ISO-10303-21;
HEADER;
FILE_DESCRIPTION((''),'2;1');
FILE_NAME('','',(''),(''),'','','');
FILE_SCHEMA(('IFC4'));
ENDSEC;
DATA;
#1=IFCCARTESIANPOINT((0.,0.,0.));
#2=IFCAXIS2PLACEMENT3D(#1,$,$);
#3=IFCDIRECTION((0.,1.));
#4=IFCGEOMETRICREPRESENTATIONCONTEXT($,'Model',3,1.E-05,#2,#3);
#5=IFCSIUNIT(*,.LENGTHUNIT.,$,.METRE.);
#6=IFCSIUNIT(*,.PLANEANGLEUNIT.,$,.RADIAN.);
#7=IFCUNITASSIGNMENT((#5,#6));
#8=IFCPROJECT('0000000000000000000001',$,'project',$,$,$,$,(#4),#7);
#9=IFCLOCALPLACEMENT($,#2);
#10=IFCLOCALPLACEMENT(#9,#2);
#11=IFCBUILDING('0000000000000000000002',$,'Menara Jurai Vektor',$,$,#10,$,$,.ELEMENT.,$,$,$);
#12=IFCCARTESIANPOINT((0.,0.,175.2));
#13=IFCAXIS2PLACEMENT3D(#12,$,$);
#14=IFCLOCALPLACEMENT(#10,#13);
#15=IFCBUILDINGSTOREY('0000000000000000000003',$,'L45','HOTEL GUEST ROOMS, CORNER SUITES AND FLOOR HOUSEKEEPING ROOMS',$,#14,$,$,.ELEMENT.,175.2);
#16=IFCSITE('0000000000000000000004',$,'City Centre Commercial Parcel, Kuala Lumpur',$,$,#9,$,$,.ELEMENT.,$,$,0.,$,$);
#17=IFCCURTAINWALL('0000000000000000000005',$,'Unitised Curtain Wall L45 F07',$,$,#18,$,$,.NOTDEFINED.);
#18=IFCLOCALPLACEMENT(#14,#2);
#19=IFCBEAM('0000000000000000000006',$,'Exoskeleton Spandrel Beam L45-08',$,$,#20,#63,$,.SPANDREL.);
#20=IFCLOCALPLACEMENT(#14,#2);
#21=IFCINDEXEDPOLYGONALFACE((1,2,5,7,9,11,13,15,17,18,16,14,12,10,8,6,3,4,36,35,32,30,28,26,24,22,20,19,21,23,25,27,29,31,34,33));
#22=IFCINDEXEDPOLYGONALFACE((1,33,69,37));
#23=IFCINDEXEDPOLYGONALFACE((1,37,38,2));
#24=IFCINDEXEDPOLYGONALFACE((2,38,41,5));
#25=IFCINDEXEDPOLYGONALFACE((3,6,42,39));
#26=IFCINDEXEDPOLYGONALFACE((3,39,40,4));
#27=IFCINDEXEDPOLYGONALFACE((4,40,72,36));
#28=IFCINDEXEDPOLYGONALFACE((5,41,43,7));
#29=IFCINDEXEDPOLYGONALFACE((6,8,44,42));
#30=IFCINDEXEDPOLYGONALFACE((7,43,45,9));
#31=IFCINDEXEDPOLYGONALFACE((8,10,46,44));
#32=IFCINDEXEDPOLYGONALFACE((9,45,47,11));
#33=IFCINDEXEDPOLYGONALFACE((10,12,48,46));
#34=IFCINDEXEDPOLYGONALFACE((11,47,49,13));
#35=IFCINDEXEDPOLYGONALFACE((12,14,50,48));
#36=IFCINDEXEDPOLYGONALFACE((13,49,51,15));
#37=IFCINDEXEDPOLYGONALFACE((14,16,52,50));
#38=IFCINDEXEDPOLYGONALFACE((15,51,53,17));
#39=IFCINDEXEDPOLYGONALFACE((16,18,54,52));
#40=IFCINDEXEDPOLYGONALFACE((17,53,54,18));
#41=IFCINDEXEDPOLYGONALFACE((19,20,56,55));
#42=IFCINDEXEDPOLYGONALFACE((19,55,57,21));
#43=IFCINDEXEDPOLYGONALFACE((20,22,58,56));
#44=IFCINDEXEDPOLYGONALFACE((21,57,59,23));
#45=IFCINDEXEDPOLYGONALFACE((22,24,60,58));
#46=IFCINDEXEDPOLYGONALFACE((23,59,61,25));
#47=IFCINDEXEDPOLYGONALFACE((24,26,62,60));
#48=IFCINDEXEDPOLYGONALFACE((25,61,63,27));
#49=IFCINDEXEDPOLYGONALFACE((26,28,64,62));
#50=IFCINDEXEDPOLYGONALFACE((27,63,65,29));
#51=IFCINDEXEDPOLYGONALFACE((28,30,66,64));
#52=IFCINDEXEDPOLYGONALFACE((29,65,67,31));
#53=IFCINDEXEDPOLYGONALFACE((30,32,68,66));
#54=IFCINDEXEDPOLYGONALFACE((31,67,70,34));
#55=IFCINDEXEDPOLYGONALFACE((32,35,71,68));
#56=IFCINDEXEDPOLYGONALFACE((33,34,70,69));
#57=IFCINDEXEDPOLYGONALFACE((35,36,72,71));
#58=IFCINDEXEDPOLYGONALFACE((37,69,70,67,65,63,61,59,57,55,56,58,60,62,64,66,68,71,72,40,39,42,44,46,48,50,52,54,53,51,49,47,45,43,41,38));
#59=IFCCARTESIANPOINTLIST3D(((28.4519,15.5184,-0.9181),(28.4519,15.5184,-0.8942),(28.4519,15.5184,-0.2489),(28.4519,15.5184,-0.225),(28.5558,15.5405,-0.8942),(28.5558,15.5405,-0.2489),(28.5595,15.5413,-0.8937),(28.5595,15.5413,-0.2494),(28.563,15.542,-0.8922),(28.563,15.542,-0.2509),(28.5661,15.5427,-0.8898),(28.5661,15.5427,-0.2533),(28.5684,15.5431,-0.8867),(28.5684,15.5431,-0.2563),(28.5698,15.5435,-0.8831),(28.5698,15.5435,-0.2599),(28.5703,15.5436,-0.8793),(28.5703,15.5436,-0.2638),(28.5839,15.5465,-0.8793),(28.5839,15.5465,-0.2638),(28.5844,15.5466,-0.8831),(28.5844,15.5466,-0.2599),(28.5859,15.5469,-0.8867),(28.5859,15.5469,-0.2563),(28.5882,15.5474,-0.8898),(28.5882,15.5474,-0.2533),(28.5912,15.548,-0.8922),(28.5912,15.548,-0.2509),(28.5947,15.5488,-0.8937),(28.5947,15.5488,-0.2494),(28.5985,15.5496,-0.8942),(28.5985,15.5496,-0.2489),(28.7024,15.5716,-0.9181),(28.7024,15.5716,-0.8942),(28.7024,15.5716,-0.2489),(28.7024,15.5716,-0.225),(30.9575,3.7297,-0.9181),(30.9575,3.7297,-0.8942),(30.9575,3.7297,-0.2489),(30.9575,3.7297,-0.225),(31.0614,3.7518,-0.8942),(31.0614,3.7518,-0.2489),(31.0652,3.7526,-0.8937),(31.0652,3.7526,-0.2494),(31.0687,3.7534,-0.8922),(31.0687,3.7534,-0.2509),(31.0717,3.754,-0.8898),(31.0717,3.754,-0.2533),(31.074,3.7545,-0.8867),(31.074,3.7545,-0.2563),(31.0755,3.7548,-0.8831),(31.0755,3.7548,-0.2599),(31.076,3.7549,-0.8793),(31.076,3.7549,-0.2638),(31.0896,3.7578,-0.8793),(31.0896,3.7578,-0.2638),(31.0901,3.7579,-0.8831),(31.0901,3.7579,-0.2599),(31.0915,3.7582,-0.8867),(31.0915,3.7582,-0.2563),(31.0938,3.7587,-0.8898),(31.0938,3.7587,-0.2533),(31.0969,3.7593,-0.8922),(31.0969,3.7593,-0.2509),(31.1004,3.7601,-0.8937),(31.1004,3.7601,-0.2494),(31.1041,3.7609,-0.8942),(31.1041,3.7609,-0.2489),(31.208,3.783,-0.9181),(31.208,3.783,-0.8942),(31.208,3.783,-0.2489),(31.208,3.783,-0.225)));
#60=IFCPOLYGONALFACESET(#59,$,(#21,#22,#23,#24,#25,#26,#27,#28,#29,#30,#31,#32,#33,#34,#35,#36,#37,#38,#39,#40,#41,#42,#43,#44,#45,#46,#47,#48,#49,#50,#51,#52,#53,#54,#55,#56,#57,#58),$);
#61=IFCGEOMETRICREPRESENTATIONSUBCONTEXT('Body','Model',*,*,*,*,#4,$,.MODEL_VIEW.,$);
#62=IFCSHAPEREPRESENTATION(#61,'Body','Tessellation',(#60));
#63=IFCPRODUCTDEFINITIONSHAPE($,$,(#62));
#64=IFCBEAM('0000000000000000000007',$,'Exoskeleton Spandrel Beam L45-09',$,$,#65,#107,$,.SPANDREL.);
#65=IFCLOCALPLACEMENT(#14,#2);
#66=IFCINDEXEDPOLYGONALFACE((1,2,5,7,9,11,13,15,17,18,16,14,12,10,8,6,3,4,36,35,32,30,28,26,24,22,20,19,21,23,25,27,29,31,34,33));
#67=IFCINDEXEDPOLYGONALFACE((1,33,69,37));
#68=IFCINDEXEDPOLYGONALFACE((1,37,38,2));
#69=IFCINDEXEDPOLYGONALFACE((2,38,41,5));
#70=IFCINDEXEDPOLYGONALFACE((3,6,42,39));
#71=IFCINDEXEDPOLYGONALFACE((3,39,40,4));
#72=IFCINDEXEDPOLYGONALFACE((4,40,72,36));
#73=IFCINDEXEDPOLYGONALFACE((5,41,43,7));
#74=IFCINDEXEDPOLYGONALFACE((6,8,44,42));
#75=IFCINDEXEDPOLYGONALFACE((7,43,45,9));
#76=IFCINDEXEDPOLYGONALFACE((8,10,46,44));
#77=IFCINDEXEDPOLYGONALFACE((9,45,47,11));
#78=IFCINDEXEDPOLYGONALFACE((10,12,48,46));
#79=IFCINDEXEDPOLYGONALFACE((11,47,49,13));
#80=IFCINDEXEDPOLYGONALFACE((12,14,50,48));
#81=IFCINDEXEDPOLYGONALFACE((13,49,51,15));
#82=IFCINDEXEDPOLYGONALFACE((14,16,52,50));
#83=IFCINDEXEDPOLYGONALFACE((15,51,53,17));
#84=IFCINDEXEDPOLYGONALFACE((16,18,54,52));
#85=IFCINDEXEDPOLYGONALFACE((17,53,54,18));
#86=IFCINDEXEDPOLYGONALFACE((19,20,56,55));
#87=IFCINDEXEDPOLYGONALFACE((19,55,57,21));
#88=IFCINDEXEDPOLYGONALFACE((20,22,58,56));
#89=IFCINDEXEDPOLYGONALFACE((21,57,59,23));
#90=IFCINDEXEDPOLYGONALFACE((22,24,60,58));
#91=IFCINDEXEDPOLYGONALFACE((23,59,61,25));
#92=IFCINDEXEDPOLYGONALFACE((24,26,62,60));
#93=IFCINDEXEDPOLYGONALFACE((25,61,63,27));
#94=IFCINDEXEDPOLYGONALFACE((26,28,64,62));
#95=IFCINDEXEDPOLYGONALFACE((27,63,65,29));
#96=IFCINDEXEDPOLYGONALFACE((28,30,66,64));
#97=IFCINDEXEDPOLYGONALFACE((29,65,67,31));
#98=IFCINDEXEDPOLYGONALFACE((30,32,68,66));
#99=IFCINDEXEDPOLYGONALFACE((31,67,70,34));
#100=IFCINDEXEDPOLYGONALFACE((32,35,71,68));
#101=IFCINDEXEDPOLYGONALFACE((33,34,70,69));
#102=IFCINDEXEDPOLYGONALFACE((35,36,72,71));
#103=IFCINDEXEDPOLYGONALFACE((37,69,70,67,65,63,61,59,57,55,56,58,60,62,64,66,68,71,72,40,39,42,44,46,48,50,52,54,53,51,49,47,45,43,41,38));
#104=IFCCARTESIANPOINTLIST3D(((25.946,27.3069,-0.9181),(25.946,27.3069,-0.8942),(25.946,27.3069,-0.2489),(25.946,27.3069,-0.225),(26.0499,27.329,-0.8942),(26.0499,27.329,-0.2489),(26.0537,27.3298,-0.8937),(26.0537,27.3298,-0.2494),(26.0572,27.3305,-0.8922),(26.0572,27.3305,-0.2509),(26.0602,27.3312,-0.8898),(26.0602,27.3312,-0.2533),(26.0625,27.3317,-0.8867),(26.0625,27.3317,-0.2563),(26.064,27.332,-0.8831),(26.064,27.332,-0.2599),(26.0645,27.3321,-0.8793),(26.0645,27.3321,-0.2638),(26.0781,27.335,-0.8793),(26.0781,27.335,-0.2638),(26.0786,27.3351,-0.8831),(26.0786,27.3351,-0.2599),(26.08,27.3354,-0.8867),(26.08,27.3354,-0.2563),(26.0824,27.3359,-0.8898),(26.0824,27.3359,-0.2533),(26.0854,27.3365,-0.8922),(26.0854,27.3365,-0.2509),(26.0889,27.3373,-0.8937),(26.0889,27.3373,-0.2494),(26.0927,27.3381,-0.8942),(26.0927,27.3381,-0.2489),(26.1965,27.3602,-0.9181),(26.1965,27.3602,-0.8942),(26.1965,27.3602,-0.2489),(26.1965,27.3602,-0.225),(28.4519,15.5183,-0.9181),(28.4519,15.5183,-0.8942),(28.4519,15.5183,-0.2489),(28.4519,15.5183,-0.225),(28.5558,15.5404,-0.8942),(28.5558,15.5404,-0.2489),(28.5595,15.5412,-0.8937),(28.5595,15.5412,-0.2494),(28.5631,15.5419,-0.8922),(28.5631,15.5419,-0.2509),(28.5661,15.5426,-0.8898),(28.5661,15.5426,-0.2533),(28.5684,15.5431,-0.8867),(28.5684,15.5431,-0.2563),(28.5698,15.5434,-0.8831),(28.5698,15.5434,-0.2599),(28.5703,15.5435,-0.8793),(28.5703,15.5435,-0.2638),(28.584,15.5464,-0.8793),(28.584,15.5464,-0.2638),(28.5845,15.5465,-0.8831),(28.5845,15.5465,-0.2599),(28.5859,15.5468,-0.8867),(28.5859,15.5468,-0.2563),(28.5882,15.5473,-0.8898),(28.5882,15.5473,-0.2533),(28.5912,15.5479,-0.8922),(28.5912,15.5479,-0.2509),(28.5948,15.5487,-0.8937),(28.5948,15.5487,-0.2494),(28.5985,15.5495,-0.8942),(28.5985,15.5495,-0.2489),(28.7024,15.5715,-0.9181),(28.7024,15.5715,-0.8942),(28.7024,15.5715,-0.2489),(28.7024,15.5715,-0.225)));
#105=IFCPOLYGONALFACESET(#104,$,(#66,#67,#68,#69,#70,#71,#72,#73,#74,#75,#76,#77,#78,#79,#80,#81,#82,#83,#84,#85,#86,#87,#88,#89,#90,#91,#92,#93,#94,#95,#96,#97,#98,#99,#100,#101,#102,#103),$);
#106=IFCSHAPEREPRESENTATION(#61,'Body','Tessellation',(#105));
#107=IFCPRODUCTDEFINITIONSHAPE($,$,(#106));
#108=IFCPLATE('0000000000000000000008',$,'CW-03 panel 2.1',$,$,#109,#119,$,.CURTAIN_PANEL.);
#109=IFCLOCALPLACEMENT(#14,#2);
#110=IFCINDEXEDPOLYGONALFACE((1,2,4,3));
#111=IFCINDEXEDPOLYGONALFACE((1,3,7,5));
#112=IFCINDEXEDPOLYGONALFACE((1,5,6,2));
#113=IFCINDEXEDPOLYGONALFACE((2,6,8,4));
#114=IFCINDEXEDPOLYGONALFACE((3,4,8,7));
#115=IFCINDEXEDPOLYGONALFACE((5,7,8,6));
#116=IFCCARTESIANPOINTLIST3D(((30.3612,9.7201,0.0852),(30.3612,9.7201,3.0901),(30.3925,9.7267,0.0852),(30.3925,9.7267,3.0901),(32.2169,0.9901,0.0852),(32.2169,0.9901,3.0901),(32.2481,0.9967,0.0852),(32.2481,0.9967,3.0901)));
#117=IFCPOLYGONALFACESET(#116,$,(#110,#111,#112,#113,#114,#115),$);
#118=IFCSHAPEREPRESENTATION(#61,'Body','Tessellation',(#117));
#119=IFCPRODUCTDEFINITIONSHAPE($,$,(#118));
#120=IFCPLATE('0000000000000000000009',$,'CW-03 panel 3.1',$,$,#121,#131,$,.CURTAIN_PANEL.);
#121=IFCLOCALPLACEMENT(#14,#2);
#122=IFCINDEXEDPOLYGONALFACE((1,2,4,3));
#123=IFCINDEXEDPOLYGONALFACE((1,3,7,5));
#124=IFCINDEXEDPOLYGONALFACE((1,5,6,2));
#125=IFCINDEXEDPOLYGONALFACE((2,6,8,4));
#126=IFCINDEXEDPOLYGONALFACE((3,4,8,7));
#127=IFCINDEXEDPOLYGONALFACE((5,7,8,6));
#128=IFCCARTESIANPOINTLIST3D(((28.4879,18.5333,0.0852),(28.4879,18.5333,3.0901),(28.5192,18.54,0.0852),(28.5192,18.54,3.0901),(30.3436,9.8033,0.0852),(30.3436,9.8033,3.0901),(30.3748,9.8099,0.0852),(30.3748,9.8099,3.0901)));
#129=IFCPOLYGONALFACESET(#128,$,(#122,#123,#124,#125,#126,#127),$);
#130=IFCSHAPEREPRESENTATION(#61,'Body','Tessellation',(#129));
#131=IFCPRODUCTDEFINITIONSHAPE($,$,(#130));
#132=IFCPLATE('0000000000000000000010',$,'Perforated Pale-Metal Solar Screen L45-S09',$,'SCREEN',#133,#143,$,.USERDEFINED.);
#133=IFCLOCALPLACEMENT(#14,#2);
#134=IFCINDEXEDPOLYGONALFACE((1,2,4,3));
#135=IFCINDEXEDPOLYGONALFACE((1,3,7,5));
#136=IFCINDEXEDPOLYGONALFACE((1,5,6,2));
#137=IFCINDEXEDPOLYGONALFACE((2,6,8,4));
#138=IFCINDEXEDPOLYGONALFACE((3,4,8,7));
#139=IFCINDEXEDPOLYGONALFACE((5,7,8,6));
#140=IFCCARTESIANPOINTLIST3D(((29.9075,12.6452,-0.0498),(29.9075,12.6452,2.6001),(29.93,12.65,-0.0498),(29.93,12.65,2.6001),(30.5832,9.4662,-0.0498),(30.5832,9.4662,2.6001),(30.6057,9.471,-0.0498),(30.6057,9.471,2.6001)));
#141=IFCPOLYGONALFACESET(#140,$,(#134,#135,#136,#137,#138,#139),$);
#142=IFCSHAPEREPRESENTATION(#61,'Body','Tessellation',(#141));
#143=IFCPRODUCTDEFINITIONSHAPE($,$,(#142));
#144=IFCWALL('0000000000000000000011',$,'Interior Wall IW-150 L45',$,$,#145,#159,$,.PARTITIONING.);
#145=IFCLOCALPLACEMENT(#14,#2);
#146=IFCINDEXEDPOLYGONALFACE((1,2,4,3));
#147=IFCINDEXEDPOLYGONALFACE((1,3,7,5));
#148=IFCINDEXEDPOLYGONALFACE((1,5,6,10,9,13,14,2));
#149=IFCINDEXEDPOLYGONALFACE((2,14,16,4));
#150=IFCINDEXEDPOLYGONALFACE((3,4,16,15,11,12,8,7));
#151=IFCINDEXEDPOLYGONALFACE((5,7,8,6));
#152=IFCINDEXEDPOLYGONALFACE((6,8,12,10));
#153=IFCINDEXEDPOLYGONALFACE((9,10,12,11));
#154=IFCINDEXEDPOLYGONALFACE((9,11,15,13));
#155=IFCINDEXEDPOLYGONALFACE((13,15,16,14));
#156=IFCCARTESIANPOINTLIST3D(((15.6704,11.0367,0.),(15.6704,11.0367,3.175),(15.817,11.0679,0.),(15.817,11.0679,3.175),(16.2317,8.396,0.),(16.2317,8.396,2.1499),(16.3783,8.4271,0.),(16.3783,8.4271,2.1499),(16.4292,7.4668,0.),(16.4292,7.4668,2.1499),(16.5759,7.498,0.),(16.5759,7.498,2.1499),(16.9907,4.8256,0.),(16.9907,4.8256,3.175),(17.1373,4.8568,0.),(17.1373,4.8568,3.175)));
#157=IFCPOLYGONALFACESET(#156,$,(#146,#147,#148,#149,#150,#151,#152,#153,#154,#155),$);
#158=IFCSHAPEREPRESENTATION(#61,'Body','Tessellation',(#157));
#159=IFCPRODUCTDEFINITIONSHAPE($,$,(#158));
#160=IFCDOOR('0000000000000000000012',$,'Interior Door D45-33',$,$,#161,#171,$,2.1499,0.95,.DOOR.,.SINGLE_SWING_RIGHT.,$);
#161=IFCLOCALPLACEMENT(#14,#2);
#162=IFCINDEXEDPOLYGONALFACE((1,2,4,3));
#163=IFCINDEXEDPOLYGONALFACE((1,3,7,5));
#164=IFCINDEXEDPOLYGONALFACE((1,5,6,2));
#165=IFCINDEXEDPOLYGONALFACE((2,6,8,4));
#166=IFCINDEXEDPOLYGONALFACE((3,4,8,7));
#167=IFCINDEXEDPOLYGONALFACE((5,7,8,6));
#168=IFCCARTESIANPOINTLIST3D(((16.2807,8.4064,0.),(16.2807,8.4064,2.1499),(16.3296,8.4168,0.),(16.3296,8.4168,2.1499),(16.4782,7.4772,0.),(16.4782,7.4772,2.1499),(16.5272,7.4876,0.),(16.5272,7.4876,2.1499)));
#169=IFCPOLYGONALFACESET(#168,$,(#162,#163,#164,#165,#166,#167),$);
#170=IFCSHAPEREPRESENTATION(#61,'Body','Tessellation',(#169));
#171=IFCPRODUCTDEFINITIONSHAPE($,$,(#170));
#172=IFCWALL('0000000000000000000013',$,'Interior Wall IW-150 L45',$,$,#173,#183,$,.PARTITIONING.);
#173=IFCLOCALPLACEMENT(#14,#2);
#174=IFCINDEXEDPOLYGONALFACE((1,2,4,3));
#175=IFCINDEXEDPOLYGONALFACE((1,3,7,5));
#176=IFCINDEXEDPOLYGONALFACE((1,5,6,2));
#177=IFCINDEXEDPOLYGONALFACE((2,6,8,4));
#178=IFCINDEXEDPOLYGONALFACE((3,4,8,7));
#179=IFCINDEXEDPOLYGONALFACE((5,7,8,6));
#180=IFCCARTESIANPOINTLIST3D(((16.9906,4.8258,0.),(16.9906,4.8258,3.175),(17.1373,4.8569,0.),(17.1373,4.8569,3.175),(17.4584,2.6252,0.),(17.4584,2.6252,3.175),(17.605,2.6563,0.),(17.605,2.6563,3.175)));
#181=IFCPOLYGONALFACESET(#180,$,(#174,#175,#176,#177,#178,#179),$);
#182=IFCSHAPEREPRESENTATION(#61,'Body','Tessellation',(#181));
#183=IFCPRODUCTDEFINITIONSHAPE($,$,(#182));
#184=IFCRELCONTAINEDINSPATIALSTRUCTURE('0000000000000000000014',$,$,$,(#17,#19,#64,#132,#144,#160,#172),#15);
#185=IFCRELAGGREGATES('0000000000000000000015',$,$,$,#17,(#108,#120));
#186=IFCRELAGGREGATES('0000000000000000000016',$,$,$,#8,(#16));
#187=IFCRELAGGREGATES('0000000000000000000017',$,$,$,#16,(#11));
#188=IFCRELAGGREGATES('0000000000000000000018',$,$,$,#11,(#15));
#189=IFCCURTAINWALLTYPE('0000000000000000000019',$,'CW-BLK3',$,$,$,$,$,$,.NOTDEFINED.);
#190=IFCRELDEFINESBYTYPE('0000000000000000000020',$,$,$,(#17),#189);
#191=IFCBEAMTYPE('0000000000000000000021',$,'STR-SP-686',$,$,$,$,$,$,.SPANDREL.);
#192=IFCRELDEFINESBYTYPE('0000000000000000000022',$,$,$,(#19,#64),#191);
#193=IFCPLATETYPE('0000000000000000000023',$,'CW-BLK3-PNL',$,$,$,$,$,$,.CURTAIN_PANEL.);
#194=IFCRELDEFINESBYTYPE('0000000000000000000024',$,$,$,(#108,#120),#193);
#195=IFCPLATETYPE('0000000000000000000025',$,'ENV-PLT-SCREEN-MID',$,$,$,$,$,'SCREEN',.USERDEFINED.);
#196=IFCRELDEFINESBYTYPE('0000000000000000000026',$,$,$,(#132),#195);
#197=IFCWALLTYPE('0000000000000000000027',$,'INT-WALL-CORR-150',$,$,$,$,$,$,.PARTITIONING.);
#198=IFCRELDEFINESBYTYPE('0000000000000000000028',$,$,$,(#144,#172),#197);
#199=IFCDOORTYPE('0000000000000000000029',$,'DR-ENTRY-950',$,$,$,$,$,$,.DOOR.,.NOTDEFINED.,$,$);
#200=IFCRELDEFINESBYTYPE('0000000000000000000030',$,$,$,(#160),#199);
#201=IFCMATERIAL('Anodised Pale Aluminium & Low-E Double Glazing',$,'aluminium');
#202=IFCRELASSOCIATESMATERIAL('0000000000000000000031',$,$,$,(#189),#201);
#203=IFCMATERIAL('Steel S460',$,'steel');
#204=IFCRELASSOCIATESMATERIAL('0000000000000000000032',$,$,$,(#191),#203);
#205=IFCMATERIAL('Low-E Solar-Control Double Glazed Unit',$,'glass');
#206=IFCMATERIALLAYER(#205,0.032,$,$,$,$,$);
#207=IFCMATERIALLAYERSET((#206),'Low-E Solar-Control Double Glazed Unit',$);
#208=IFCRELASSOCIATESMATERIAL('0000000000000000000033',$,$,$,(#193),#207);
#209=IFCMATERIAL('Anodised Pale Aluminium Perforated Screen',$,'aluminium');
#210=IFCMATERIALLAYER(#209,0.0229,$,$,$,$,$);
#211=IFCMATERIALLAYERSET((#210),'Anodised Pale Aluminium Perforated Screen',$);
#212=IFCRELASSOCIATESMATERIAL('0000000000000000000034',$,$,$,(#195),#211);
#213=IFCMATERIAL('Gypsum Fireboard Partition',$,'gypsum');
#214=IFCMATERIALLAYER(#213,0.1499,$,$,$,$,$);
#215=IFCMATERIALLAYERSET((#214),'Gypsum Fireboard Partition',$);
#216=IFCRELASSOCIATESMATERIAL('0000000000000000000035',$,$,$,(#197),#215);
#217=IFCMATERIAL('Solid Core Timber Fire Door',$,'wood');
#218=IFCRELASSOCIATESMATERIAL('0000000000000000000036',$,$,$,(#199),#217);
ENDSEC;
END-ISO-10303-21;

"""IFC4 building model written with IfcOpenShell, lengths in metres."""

from ifc_helpers import new_model, si_unit, direction, frame, frame_2d, origin, origin_2d, place, context, subcontext, project, spatial, rectangle, i_section, extrude, material, layer, layer_set, material_profile, profile_set, type_object, element, fill, aggregate, save


model = new_model("IFC4")

# Units and contexts
model_context = context("Model", 3, precision=1e-05, world=origin(), true_north=direction((0.0, 1.0)))
body_context = subcontext(model_context, "Body", "Model", "MODEL_VIEW")
ifc_project = project(units=[si_unit("LENGTHUNIT", "METRE"), si_unit("PLANEANGLEUNIT", "RADIAN")], contexts=[model_context])

# Site, building, storey
site_placement = place(None, origin())
site = spatial("IfcSite", under=ifc_project, at=site_placement, Name="City Centre Commercial Parcel, Kuala Lumpur", CompositionType="ELEMENT", RefElevation=0.0)
building_placement = place(site_placement, origin())
building = spatial("IfcBuilding", under=site, at=building_placement, Name="Menara Jurai Vektor", CompositionType="ELEMENT")
storey_placement = place(building_placement, frame((0.0, 0.0, 175.2)))
storey = spatial("IfcBuildingStorey", under=building, at=storey_placement, Name="L45", Description="HOTEL GUEST ROOMS, CORNER SUITES AND FLOOR HOUSEKEEPING ROOMS", CompositionType="ELEMENT", Elevation=175.2)

# Shared definitions
ifc_material_1 = material(Name="Steel S460", Category="steel")

# Curtain wall
ifc_material_2 = material(Name="Anodised Pale Aluminium & Low-E Double Glazing", Category="aluminium")
curtain_wall_type = type_object("IfcCurtainWallType", Name="CW-BLK3", PredefinedType="NOTDEFINED", material=ifc_material_2)
curtain_wall_placement = place(storey_placement, origin())
curtain_wall = element("IfcCurtainWall", 1, at=curtain_wall_placement, inside=storey, type_object=curtain_wall_type, Name="Unitised Curtain Wall L45 F07", PredefinedType="NOTDEFINED")

# Beams
ifc_material_profile_1 = material_profile(ifc_material_1, i_section(OverallWidth=0.2561, OverallDepth=0.6931, WebThickness=0.0139, FlangeThickness=0.0239, FilletRadius=0.0149, at=origin_2d()), Name="UKB 686x254x170")
ifc_profile_set_1 = profile_set([ifc_material_profile_1], Name="Steel S460")
beam_type_1 = type_object("IfcBeamType", Name="STR-SP-686", PredefinedType="SPANDREL", material=ifc_profile_set_1)
for number, where, z_axis, x_axis, name in (
    (2, (31.0828, 3.7563, -0.5715), (-0.207902, 0.97815, 0.0), (-0.97815, -0.207902, 0.0), "Exoskeleton Spandrel Beam L45-08"),
    (3, (28.5771, 15.5449, -0.5715), (-0.207921, 0.978146, 0.0), (-0.978146, -0.207921, 0.0), "Exoskeleton Spandrel Beam L45-09"),
):
    element("IfcBeam", number, at=place(storey_placement, frame(where, z_axis=z_axis, x_axis=x_axis)), inside=storey, type_object=beam_type_1, Name=name, PredefinedType="SPANDREL", context=body_context, shape_type="SweptSolid", body=[
        extrude(i_section(OverallWidth=0.2561, OverallDepth=0.6931, WebThickness=0.0139, FlangeThickness=0.0239, FilletRadius=0.0149, at=origin_2d()), origin(), (0.0, 0.0, 1.0), 12.052),
    ])

# Plates
ifc_material_3 = material(Name="Low-E Solar-Control Double Glazed Unit", Category="glass")
ifc_layer_1 = layer(ifc_material_3, 0.032)
ifc_layer_set_1 = layer_set([ifc_layer_1], Name="Low-E Solar-Control Double Glazed Unit")
plate_type_1 = type_object("IfcPlateType", Name="CW-BLK3-PNL", PredefinedType="CURTAIN_PANEL", material=ifc_layer_set_1)
plate_1_placement = place(storey_placement, frame((31.3047, 5.3584, 0.0852), z_axis=(0.0, 0.0, 1.0), x_axis=(-0.20791, 0.978148, 0.0)))
plate_1 = element("IfcPlate", 4, at=plate_1_placement, type_object=plate_type_1, Name="CW-03 panel 2.1", PredefinedType="CURTAIN_PANEL", context=body_context, shape_type="SweptSolid", body=[
    extrude(rectangle(XDim=8.925, YDim=0.032, at=origin_2d()), origin(), (0.0, 0.0, 1.0), 3.0049),
])
plate_2_placement = place(storey_placement, frame((29.4314, 14.1716, 0.0852), z_axis=(0.0, 0.0, 1.0), x_axis=(-0.20791, 0.978148, 0.0)))
plate_2 = element("IfcPlate", 5, at=plate_2_placement, type_object=plate_type_1, Name="CW-03 panel 3.1", PredefinedType="CURTAIN_PANEL", context=body_context, shape_type="SweptSolid", body=[
    extrude(rectangle(XDim=8.925, YDim=0.032, at=origin_2d()), origin(), (0.0, 0.0, 1.0), 3.0049),
])
aggregate(curtain_wall, [plate_1, plate_2])
ifc_material_4 = material(Name="Anodised Pale Aluminium Perforated Screen", Category="aluminium")
ifc_layer_2 = layer(ifc_material_4, 0.0229)
ifc_layer_set_2 = layer_set([ifc_layer_2], Name="Anodised Pale Aluminium Perforated Screen")
plate_type_2 = type_object("IfcPlateType", Name="ENV-PLT-SCREEN-MID", ElementType="SCREEN", PredefinedType="USERDEFINED", material=ifc_layer_set_2)
plate_3_placement = place(storey_placement, frame((30.2566, 11.0581, -0.0498), z_axis=(0.0, 0.0, 1.0), x_axis=(-0.207912, 0.978148, 0.0)))
element("IfcPlate", 6, at=plate_3_placement, inside=storey, type_object=plate_type_2, Name="Perforated Pale-Metal Solar Screen L45-S09", ObjectType="SCREEN", PredefinedType="USERDEFINED", context=body_context, shape_type="SweptSolid", body=[
    extrude(rectangle(XDim=3.25, YDim=0.0229, at=origin_2d()), origin(), (0.0, 0.0, 1.0), 2.6499),
])

# Wall, opening, door
ifc_material_5 = material(Name="Gypsum Fireboard Partition", Category="gypsum")
ifc_layer_3 = layer(ifc_material_5, 0.1499)
ifc_layer_set_3 = layer_set([ifc_layer_3], Name="Gypsum Fireboard Partition")
wall_type = type_object("IfcWallType", Name="INT-WALL-CORR-150", PredefinedType="PARTITIONING", material=ifc_layer_set_3)
wall_1_placement = place(storey_placement, frame((17.064, 4.8413, 0.0), z_axis=(0.0, 0.0, 1.0), x_axis=(-0.207925, 0.978145, 0.0)))
wall_1 = element("IfcWall", 7, at=wall_1_placement, inside=storey, type_object=wall_type, Name="Interior Wall IW-150 L45", PredefinedType="PARTITIONING", context=body_context, shape_type="SweptSolid", body=[
    extrude(rectangle(XDim=6.3499, YDim=0.1499, at=frame_2d((3.1748, 0.0))), origin(), (0.0, 0.0, 1.0), 3.175),
])
opening_1_placement = place(wall_1_placement, frame((2.7, 0.0, 0.0)))
opening_1 = element("IfcOpeningElement", 8, at=opening_1_placement, cuts=wall_1, PredefinedType="OPENING", context=body_context, shape_type="SweptSolid", body=[
    extrude(rectangle(XDim=0.95, YDim=2.1499, at=frame_2d((0.4751, 1.075))), frame((0.0, 0.085, 0.0), z_axis=(0.0, -1.0, 0.0), x_axis=(1.0, 0.0, 0.0)), (0.0, 0.0, 1.0), 0.1699),
])
ifc_material_6 = material(Name="Solid Core Timber Fire Door", Category="wood")
door_type_1 = type_object("IfcDoorType", Name="DR-ENTRY-950", OperationType="NOTDEFINED", PredefinedType="DOOR", material=ifc_material_6)
door_1_placement = place(opening_1_placement, origin())
door_1 = element("IfcDoor", 9, at=door_1_placement, inside=storey, type_object=door_type_1, Name="Interior Door D45-33", OperationType="SINGLE_SWING_RIGHT", OverallHeight=2.1499, OverallWidth=0.95, PredefinedType="DOOR", context=body_context, shape_type="SweptSolid", body=[
    extrude(rectangle(XDim=0.95, YDim=2.1499, at=frame_2d((0.4751, 1.075))), frame((0.0, 0.0249, 0.0), z_axis=(0.0, -1.0, 0.0), x_axis=(1.0, 0.0, 0.0)), (0.0, 0.0, 1.0), 0.05),
])
fill(opening_1, door_1)

# Wall
wall_2_placement = place(storey_placement, frame((17.5317, 2.6406, 0.0), z_axis=(0.0, 0.0, 1.0), x_axis=(-0.207913, 0.978147, 0.0)))
element("IfcWall", 10, at=wall_2_placement, inside=storey, type_object=wall_type, Name="Interior Wall IW-150 L45", PredefinedType="PARTITIONING", context=body_context, shape_type="SweptSolid", body=[
    extrude(rectangle(XDim=2.2498, YDim=0.1499, at=frame_2d((1.125, 0.0))), origin(), (0.0, 0.0, 1.0), 3.175),
])

save(model, "model.ifc")
